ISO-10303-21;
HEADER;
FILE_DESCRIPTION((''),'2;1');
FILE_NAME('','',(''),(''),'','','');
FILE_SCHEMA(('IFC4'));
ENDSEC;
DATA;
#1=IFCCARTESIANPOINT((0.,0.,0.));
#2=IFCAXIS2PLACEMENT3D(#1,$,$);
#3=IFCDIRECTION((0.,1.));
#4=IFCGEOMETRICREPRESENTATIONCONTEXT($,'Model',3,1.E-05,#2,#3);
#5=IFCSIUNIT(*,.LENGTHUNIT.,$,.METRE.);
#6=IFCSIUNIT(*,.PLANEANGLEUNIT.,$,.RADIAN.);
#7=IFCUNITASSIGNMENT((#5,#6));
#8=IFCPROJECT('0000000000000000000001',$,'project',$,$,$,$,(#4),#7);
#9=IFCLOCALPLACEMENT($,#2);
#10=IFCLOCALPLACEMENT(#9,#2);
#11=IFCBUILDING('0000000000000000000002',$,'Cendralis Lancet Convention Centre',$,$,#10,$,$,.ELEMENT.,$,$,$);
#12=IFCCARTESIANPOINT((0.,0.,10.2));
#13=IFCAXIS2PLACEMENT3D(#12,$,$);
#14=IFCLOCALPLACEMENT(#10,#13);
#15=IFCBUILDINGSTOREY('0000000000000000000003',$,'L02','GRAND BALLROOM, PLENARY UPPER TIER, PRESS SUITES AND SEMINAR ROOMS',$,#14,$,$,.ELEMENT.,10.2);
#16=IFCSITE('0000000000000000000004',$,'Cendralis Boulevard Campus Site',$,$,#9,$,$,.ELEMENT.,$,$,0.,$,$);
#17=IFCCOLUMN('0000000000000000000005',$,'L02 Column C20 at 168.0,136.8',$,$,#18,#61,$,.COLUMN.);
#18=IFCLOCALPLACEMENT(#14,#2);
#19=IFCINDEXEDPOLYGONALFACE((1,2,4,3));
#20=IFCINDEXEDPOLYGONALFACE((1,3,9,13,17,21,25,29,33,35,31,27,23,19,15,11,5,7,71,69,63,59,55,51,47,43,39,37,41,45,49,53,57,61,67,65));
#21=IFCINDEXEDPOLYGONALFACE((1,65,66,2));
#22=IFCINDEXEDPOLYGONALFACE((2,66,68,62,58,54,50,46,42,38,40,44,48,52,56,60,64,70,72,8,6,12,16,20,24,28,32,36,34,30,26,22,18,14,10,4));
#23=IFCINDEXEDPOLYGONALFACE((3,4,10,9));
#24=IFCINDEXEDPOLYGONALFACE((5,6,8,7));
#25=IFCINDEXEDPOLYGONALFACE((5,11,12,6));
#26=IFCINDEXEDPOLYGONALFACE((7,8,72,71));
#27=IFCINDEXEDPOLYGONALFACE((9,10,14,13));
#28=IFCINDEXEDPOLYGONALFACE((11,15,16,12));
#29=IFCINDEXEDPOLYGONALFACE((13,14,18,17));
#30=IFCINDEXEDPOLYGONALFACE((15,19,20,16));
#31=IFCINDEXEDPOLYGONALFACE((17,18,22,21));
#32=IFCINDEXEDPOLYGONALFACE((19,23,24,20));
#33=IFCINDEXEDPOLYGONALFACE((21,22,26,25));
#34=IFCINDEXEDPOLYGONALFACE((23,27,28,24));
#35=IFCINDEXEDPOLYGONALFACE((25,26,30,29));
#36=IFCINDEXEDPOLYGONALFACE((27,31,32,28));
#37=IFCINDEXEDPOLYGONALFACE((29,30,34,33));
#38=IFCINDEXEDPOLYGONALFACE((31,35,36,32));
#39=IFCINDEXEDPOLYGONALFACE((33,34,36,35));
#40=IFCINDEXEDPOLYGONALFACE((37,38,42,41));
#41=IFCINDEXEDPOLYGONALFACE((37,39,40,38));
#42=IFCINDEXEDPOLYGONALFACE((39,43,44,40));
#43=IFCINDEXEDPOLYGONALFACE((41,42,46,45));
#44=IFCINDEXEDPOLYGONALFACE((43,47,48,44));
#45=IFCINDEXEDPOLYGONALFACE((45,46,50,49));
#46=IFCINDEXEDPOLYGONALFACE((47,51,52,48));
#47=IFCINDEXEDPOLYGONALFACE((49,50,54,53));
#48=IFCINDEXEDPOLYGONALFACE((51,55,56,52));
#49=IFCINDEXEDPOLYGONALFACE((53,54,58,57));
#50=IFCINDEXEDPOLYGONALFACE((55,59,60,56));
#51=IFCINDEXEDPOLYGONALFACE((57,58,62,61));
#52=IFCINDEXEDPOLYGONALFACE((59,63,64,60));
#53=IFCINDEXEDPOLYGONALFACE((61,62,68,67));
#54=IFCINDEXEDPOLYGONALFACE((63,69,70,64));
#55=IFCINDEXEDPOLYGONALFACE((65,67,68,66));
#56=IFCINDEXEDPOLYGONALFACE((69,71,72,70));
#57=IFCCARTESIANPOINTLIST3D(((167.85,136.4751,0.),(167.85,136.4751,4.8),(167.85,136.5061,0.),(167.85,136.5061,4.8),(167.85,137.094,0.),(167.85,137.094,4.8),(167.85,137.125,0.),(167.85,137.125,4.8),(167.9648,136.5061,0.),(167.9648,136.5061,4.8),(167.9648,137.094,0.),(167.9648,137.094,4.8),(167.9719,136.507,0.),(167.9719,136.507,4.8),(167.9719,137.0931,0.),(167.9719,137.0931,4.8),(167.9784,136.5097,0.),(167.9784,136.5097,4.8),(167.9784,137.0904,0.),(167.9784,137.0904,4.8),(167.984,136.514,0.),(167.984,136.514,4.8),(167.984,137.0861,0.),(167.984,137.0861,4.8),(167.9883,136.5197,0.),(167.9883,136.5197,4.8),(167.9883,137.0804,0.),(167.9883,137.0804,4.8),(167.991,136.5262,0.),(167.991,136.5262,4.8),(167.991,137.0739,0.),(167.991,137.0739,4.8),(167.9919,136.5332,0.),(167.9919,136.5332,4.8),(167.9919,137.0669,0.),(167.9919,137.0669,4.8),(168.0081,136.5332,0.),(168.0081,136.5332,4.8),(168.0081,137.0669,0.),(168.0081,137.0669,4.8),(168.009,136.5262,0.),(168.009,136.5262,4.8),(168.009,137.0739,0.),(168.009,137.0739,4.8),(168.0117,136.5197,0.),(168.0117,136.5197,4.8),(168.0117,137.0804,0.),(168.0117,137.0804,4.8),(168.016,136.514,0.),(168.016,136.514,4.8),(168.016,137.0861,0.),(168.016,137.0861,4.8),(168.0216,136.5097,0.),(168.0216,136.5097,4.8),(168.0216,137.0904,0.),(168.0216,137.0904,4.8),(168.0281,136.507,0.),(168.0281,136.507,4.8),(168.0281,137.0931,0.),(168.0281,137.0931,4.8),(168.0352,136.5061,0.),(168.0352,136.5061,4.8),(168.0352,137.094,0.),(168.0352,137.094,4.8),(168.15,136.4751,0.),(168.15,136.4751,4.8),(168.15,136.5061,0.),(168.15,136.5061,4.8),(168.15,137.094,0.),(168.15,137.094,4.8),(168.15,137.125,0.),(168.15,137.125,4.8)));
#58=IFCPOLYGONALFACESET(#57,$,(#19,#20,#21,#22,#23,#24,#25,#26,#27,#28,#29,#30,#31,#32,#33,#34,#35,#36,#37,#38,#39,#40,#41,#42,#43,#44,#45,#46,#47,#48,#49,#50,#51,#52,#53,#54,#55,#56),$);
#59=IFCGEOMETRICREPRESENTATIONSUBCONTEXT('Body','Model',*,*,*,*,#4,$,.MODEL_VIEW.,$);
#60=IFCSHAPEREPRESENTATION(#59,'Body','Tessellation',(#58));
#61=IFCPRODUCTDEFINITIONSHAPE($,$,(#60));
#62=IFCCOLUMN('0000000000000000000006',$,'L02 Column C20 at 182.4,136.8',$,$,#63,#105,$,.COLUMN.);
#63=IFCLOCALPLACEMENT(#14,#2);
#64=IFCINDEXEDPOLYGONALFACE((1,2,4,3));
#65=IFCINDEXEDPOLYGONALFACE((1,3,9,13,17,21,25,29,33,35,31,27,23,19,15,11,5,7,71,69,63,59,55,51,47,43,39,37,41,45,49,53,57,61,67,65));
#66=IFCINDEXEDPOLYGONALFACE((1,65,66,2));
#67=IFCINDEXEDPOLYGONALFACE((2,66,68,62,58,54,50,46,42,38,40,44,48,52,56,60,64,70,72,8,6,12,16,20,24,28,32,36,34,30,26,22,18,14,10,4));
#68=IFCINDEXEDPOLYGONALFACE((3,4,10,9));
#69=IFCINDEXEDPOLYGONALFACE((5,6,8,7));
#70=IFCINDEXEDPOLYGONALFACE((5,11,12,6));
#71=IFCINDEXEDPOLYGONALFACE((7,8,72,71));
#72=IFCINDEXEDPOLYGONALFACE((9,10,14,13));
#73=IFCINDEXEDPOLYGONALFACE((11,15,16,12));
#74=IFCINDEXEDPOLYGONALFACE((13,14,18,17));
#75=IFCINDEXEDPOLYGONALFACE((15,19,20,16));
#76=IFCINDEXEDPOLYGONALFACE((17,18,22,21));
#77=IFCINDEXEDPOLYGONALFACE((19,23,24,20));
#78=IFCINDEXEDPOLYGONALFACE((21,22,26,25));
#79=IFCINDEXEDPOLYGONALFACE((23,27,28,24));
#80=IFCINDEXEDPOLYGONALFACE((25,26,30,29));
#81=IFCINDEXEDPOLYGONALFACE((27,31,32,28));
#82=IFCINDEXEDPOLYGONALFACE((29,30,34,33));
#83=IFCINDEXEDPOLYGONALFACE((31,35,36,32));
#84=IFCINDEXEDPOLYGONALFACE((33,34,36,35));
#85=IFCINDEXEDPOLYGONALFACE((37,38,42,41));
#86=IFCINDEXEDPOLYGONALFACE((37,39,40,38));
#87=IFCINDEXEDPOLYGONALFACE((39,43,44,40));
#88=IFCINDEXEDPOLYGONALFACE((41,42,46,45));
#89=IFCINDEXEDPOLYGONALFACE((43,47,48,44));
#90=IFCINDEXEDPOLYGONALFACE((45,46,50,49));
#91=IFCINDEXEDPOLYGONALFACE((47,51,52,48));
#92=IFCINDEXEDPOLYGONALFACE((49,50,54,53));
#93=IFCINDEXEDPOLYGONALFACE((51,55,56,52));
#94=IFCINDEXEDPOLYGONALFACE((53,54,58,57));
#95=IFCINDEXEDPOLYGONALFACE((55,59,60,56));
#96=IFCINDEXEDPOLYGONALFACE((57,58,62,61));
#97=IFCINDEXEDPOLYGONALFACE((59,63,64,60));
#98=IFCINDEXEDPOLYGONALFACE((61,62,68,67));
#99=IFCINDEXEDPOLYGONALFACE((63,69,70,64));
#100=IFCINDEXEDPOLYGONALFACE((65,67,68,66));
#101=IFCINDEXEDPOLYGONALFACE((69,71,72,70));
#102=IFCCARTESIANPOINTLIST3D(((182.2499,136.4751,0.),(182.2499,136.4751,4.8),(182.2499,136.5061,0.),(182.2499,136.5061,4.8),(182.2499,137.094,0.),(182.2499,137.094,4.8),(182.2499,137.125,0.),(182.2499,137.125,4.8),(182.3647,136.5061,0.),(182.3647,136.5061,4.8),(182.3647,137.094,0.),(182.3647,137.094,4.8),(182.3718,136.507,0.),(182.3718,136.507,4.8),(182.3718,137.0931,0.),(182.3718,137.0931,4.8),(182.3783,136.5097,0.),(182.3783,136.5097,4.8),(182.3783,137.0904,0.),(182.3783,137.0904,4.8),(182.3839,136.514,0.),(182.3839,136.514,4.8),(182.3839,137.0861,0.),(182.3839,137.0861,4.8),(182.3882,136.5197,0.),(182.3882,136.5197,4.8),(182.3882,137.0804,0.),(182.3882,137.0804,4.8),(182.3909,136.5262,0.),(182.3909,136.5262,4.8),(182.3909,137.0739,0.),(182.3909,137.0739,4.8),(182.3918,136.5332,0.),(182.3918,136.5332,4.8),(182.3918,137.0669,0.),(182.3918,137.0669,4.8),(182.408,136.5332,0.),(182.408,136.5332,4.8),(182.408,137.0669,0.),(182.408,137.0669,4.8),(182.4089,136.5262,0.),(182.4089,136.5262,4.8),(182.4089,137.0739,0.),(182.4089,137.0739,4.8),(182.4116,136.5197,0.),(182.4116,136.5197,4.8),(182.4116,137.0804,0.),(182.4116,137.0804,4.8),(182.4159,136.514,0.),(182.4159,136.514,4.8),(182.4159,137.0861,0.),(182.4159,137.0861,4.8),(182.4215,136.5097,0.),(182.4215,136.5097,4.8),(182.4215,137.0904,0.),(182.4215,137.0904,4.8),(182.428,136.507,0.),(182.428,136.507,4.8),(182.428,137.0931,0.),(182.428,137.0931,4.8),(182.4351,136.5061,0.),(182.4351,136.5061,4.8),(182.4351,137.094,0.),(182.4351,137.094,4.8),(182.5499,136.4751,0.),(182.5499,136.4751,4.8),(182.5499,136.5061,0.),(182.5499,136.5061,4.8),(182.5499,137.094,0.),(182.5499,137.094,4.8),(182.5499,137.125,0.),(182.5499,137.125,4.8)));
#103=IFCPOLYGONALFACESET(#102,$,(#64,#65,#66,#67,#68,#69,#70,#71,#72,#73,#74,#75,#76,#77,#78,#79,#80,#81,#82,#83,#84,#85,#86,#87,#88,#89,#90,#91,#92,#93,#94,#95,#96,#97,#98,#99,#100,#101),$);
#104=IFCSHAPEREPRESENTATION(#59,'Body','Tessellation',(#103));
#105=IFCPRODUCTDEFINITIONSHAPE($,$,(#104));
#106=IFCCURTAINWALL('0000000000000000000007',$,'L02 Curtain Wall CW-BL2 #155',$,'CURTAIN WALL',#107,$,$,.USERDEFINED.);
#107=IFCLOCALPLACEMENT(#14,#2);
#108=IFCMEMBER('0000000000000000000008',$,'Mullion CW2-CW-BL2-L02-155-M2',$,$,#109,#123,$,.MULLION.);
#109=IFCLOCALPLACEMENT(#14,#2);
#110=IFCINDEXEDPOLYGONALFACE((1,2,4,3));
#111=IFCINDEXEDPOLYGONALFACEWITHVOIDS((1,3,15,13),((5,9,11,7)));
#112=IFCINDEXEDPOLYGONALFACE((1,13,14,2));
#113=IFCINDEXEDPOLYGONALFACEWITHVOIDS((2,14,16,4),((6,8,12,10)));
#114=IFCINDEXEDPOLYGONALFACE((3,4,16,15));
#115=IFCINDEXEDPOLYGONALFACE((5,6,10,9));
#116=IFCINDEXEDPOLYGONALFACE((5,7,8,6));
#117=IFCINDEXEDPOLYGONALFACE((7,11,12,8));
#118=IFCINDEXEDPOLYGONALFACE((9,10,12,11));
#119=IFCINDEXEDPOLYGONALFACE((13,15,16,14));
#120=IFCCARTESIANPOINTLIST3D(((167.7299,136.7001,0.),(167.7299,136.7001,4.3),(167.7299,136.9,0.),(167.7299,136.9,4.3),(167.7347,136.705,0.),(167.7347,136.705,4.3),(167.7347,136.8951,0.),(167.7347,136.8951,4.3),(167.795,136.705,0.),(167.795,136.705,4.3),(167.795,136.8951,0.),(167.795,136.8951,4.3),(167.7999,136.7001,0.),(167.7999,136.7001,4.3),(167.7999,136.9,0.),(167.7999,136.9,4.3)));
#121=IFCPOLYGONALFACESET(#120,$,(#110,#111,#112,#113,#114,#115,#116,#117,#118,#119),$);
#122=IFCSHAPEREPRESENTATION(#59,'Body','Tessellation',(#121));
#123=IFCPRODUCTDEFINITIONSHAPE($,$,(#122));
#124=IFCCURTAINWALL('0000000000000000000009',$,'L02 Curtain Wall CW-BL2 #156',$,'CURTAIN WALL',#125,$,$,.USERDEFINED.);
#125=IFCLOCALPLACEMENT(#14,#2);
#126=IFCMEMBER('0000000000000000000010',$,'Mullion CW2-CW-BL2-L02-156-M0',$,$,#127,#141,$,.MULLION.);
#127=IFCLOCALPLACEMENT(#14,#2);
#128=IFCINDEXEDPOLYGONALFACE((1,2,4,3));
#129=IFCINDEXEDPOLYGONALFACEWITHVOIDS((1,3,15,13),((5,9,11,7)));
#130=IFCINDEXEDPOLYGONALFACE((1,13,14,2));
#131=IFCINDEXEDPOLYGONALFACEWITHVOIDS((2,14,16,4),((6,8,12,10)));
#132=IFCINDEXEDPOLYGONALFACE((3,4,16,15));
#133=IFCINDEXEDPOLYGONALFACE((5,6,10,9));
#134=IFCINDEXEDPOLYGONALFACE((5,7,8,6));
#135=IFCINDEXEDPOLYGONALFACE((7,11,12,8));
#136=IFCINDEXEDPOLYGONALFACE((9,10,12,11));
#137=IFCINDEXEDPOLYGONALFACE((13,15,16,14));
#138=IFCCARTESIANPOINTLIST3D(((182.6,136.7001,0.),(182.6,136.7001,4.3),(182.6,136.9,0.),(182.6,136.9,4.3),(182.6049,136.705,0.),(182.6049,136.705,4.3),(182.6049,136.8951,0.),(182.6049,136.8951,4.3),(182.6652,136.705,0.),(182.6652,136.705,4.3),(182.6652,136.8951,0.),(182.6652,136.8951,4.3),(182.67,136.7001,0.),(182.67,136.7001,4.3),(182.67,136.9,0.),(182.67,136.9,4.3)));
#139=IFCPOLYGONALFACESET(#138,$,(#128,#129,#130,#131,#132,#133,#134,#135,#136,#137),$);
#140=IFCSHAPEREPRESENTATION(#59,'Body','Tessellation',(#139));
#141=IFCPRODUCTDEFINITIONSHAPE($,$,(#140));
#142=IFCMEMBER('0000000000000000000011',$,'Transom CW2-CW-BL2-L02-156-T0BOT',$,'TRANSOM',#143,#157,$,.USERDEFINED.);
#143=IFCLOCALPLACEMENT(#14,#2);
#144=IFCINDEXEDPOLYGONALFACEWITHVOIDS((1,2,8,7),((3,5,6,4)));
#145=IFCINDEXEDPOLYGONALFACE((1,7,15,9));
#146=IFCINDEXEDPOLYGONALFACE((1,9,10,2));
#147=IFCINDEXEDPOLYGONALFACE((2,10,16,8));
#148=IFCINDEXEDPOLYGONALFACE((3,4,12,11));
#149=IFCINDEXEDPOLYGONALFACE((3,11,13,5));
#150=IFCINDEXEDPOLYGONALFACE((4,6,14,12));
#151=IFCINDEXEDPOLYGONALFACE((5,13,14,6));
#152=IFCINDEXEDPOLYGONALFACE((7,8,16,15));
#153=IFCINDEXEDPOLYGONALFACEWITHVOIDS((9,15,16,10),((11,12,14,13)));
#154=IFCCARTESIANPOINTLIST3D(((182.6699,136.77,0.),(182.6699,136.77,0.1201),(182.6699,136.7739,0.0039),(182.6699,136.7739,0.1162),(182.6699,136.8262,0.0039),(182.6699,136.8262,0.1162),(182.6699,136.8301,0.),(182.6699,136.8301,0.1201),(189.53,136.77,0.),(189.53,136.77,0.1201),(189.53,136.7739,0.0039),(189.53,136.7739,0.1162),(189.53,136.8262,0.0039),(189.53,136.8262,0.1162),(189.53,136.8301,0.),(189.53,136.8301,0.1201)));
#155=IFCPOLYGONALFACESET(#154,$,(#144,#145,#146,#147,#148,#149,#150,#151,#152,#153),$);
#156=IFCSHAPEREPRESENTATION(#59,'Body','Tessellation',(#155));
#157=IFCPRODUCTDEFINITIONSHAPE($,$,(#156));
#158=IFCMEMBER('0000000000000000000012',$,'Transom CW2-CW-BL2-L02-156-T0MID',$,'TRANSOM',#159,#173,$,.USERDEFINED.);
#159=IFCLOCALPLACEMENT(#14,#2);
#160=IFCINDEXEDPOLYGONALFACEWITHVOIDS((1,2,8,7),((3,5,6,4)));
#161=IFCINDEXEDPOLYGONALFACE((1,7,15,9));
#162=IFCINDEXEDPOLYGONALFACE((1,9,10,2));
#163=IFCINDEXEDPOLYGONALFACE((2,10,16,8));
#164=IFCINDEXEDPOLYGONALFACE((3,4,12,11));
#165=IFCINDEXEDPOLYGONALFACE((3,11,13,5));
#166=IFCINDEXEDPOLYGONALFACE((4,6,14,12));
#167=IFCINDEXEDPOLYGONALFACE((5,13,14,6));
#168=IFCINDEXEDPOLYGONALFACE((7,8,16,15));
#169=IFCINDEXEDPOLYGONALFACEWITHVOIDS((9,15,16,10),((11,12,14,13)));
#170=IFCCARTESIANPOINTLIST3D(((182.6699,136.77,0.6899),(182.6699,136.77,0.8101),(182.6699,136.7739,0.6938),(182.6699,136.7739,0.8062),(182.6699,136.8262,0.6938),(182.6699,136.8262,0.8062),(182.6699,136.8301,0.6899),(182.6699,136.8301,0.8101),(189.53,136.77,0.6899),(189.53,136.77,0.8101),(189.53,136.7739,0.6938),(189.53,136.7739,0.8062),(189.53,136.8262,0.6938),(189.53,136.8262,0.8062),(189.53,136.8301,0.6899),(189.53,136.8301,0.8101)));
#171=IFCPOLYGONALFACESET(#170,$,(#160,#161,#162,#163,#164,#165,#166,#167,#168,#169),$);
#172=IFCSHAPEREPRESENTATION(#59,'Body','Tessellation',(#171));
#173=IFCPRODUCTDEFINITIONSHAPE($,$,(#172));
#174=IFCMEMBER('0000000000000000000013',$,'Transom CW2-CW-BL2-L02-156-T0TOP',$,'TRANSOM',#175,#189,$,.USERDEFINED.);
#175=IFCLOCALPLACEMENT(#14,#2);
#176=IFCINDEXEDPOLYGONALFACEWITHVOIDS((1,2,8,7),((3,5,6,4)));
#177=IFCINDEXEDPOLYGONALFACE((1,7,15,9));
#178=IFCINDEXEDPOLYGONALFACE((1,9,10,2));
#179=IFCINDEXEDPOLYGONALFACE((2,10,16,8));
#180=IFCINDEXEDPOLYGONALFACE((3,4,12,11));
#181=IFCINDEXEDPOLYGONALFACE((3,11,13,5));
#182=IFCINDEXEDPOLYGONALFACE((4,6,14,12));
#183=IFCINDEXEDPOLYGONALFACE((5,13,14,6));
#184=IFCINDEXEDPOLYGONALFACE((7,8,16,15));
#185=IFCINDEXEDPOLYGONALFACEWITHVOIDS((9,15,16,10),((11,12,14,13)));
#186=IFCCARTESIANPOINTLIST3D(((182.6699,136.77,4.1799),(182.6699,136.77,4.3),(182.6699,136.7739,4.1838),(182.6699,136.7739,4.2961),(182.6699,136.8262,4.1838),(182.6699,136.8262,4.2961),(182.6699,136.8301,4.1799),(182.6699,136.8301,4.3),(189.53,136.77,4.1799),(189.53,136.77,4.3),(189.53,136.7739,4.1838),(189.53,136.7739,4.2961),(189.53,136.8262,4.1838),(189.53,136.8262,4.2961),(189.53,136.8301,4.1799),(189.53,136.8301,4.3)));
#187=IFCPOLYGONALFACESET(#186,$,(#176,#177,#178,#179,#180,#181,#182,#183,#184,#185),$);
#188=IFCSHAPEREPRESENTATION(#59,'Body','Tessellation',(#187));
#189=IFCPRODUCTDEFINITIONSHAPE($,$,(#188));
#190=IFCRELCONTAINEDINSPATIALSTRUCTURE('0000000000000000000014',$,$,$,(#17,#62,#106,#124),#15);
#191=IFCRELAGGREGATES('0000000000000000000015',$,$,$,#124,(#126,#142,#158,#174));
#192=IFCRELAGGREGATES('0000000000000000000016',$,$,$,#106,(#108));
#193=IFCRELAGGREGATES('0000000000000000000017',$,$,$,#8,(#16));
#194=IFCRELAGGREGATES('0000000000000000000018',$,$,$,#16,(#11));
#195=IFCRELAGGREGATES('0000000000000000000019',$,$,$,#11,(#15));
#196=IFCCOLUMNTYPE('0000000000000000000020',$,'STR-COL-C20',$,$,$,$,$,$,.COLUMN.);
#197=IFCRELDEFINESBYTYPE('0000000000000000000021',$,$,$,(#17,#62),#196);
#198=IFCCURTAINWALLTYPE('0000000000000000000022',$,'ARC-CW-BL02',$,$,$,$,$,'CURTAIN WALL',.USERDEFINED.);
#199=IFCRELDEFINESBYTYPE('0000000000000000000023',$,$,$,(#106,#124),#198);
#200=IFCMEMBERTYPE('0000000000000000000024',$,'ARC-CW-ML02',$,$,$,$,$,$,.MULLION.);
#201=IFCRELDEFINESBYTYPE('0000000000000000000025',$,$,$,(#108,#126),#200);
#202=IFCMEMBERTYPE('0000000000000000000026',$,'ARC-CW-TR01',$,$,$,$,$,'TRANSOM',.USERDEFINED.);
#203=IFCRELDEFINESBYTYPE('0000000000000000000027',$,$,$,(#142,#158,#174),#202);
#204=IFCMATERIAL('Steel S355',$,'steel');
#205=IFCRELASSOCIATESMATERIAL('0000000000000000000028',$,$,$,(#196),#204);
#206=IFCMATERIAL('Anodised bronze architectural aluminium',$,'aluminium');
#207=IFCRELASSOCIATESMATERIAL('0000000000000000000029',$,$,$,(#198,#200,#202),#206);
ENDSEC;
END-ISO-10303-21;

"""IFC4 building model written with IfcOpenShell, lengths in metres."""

from ifc_helpers import new_model, si_unit, direction, frame, origin, origin_2d, place, context, subcontext, project, spatial, hollow_rectangle, i_section, extrude, material, material_profile, profile_set, type_object, element, aggregate, save


model = new_model("IFC4")

# Units and contexts
model_context = context("Model", 3, precision=1e-05, world=origin(), true_north=direction((0.0, 1.0)))
body_context = subcontext(model_context, "Body", "Model", "MODEL_VIEW")
ifc_project = project(units=[si_unit("LENGTHUNIT", "METRE"), si_unit("PLANEANGLEUNIT", "RADIAN")], contexts=[model_context])

# Site, building, storey
site_placement = place(None, origin())
site = spatial("IfcSite", under=ifc_project, at=site_placement, Name="Cendralis Boulevard Campus Site", CompositionType="ELEMENT", RefElevation=0.0)
building_placement = place(site_placement, origin())
building = spatial("IfcBuilding", under=site, at=building_placement, Name="Cendralis Lancet Convention Centre", CompositionType="ELEMENT")
storey_placement = place(building_placement, frame((0.0, 0.0, 10.2)))
storey = spatial("IfcBuildingStorey", under=building, at=storey_placement, Name="L02", Description="GRAND BALLROOM, PLENARY UPPER TIER, PRESS SUITES AND SEMINAR ROOMS", CompositionType="ELEMENT", Elevation=10.2)

# Columns
ifc_material_1 = material(Name="Steel S355", Category="steel")
ifc_material_profile_1 = material_profile(ifc_material_1, i_section(OverallWidth=0.3, OverallDepth=0.6499, WebThickness=0.0161, FlangeThickness=0.031, FilletRadius=0.0271, at=origin_2d()), Name="HEB 650")
ifc_profile_set_1 = profile_set([ifc_material_profile_1], Name="Steel S355")
column_type = type_object("IfcColumnType", Name="STR-COL-C20", PredefinedType="COLUMN", material=ifc_profile_set_1)
for number, where, z_axis, x_axis, name in (
    (1, (168.0, 136.8, 0.0), (0.0, 0.0, 1.0), (1.0, 0.0, 0.0), "L02 Column C20 at 168.0,136.8"),
    (2, (182.3999, 136.8, 0.0), (0.0, 0.0, 1.0), (1.0, 0.0, 0.0), "L02 Column C20 at 182.4,136.8"),
):
    element("IfcColumn", number, at=place(storey_placement, frame(where, z_axis=z_axis, x_axis=x_axis)), inside=storey, type_object=column_type, Name=name, PredefinedType="COLUMN", context=body_context, shape_type="SweptSolid", body=[
        extrude(i_section(OverallWidth=0.3, OverallDepth=0.6499, WebThickness=0.0161, FlangeThickness=0.031, FilletRadius=0.0271, at=origin_2d()), origin(), (0.0, 0.0, 1.0), 4.8),
    ])

# Curtain wall, member
ifc_material_2 = material(Name="Anodised bronze architectural aluminium", Category="aluminium")
curtain_wall_type = type_object("IfcCurtainWallType", Name="ARC-CW-BL02", ElementType="CURTAIN WALL", PredefinedType="USERDEFINED", material=ifc_material_2)
curtain_wall_1_placement = place(storey_placement, origin())
curtain_wall_1 = element("IfcCurtainWall", 3, at=curtain_wall_1_placement, inside=storey, type_object=curtain_wall_type, Name="L02 Curtain Wall CW-BL2 #155", ObjectType="CURTAIN WALL", PredefinedType="USERDEFINED")
ifc_material_profile_2 = material_profile(ifc_material_2, hollow_rectangle(XDim=0.0701, YDim=0.2, WallThickness=0.0049, at=origin_2d()), Name="AL-MULL 70x200x5.0")
ifc_profile_set_2 = profile_set([ifc_material_profile_2], Name="Anodised bronze architectural aluminium")
member_type_1 = type_object("IfcMemberType", Name="ARC-CW-ML02", PredefinedType="MULLION", material=ifc_profile_set_2)
member_1_placement = place(storey_placement, frame((167.7649, 136.8, 0.0), z_axis=(0.0, 0.0, 1.0), x_axis=(1.0, 0.0, 0.0)))
member_1 = element("IfcMember", 4, at=member_1_placement, type_object=member_type_1, Name="Mullion CW2-CW-BL2-L02-155-M2", PredefinedType="MULLION", context=body_context, shape_type="SweptSolid", body=[
    extrude(hollow_rectangle(XDim=0.0701, YDim=0.2, WallThickness=0.0049, at=origin_2d()), origin(), (0.0, 0.0, 1.0), 4.3),
])

# Curtain wall, members
curtain_wall_2_placement = place(storey_placement, origin())
curtain_wall_2 = element("IfcCurtainWall", 5, at=curtain_wall_2_placement, inside=storey, type_object=curtain_wall_type, Name="L02 Curtain Wall CW-BL2 #156", ObjectType="CURTAIN WALL", PredefinedType="USERDEFINED")
member_2_placement = place(storey_placement, frame((182.635, 136.8, 0.0), z_axis=(0.0, 0.0, 1.0), x_axis=(1.0, 0.0, 0.0)))
member_2 = element("IfcMember", 6, at=member_2_placement, type_object=member_type_1, Name="Mullion CW2-CW-BL2-L02-156-M0", PredefinedType="MULLION", context=body_context, shape_type="SweptSolid", body=[
    extrude(hollow_rectangle(XDim=0.0701, YDim=0.2, WallThickness=0.0049, at=origin_2d()), origin(), (0.0, 0.0, 1.0), 4.3),
])
ifc_material_profile_3 = material_profile(ifc_material_2, hollow_rectangle(XDim=0.0601, YDim=0.1201, WallThickness=0.0039, at=origin_2d()), Name="AL-TRAN 60x120x4.0")
ifc_profile_set_3 = profile_set([ifc_material_profile_3], Name="Anodised bronze architectural aluminium")
member_type_2 = type_object("IfcMemberType", Name="ARC-CW-TR01", ElementType="TRANSOM", PredefinedType="USERDEFINED", material=ifc_profile_set_3)
member_3_placement = place(storey_placement, frame((182.6699, 136.8, 0.0601), z_axis=(1.0, 0.0, 0.0), x_axis=(0.0, 1.0, 0.0)))
member_3 = element("IfcMember", 7, at=member_3_placement, type_object=member_type_2, Name="Transom CW2-CW-BL2-L02-156-T0BOT", ObjectType="TRANSOM", PredefinedType="USERDEFINED", context=body_context, shape_type="SweptSolid", body=[
    extrude(hollow_rectangle(XDim=0.0601, YDim=0.1201, WallThickness=0.0039, at=origin_2d()), origin(), (0.0, 0.0, 1.0), 6.8601),
])
member_4_placement = place(storey_placement, frame((182.6699, 136.8, 0.75), z_axis=(1.0, 0.0, 0.0), x_axis=(0.0, 1.0, 0.0)))
member_4 = element("IfcMember", 8, at=member_4_placement, type_object=member_type_2, Name="Transom CW2-CW-BL2-L02-156-T0MID", ObjectType="TRANSOM", PredefinedType="USERDEFINED", context=body_context, shape_type="SweptSolid", body=[
    extrude(hollow_rectangle(XDim=0.0601, YDim=0.1201, WallThickness=0.0039, at=origin_2d()), origin(), (0.0, 0.0, 1.0), 6.8601),
])
member_5_placement = place(storey_placement, frame((182.6699, 136.8, 4.24), z_axis=(1.0, 0.0, 0.0), x_axis=(0.0, 1.0, 0.0)))
member_5 = element("IfcMember", 9, at=member_5_placement, type_object=member_type_2, Name="Transom CW2-CW-BL2-L02-156-T0TOP", ObjectType="TRANSOM", PredefinedType="USERDEFINED", context=body_context, shape_type="SweptSolid", body=[
    extrude(hollow_rectangle(XDim=0.0601, YDim=0.1201, WallThickness=0.0039, at=origin_2d()), origin(), (0.0, 0.0, 1.0), 6.8601),
])
aggregate(curtain_wall_2, [member_2, member_3, member_4, member_5])

aggregate(curtain_wall_1, [member_1])

save(model, "model.ifc")
